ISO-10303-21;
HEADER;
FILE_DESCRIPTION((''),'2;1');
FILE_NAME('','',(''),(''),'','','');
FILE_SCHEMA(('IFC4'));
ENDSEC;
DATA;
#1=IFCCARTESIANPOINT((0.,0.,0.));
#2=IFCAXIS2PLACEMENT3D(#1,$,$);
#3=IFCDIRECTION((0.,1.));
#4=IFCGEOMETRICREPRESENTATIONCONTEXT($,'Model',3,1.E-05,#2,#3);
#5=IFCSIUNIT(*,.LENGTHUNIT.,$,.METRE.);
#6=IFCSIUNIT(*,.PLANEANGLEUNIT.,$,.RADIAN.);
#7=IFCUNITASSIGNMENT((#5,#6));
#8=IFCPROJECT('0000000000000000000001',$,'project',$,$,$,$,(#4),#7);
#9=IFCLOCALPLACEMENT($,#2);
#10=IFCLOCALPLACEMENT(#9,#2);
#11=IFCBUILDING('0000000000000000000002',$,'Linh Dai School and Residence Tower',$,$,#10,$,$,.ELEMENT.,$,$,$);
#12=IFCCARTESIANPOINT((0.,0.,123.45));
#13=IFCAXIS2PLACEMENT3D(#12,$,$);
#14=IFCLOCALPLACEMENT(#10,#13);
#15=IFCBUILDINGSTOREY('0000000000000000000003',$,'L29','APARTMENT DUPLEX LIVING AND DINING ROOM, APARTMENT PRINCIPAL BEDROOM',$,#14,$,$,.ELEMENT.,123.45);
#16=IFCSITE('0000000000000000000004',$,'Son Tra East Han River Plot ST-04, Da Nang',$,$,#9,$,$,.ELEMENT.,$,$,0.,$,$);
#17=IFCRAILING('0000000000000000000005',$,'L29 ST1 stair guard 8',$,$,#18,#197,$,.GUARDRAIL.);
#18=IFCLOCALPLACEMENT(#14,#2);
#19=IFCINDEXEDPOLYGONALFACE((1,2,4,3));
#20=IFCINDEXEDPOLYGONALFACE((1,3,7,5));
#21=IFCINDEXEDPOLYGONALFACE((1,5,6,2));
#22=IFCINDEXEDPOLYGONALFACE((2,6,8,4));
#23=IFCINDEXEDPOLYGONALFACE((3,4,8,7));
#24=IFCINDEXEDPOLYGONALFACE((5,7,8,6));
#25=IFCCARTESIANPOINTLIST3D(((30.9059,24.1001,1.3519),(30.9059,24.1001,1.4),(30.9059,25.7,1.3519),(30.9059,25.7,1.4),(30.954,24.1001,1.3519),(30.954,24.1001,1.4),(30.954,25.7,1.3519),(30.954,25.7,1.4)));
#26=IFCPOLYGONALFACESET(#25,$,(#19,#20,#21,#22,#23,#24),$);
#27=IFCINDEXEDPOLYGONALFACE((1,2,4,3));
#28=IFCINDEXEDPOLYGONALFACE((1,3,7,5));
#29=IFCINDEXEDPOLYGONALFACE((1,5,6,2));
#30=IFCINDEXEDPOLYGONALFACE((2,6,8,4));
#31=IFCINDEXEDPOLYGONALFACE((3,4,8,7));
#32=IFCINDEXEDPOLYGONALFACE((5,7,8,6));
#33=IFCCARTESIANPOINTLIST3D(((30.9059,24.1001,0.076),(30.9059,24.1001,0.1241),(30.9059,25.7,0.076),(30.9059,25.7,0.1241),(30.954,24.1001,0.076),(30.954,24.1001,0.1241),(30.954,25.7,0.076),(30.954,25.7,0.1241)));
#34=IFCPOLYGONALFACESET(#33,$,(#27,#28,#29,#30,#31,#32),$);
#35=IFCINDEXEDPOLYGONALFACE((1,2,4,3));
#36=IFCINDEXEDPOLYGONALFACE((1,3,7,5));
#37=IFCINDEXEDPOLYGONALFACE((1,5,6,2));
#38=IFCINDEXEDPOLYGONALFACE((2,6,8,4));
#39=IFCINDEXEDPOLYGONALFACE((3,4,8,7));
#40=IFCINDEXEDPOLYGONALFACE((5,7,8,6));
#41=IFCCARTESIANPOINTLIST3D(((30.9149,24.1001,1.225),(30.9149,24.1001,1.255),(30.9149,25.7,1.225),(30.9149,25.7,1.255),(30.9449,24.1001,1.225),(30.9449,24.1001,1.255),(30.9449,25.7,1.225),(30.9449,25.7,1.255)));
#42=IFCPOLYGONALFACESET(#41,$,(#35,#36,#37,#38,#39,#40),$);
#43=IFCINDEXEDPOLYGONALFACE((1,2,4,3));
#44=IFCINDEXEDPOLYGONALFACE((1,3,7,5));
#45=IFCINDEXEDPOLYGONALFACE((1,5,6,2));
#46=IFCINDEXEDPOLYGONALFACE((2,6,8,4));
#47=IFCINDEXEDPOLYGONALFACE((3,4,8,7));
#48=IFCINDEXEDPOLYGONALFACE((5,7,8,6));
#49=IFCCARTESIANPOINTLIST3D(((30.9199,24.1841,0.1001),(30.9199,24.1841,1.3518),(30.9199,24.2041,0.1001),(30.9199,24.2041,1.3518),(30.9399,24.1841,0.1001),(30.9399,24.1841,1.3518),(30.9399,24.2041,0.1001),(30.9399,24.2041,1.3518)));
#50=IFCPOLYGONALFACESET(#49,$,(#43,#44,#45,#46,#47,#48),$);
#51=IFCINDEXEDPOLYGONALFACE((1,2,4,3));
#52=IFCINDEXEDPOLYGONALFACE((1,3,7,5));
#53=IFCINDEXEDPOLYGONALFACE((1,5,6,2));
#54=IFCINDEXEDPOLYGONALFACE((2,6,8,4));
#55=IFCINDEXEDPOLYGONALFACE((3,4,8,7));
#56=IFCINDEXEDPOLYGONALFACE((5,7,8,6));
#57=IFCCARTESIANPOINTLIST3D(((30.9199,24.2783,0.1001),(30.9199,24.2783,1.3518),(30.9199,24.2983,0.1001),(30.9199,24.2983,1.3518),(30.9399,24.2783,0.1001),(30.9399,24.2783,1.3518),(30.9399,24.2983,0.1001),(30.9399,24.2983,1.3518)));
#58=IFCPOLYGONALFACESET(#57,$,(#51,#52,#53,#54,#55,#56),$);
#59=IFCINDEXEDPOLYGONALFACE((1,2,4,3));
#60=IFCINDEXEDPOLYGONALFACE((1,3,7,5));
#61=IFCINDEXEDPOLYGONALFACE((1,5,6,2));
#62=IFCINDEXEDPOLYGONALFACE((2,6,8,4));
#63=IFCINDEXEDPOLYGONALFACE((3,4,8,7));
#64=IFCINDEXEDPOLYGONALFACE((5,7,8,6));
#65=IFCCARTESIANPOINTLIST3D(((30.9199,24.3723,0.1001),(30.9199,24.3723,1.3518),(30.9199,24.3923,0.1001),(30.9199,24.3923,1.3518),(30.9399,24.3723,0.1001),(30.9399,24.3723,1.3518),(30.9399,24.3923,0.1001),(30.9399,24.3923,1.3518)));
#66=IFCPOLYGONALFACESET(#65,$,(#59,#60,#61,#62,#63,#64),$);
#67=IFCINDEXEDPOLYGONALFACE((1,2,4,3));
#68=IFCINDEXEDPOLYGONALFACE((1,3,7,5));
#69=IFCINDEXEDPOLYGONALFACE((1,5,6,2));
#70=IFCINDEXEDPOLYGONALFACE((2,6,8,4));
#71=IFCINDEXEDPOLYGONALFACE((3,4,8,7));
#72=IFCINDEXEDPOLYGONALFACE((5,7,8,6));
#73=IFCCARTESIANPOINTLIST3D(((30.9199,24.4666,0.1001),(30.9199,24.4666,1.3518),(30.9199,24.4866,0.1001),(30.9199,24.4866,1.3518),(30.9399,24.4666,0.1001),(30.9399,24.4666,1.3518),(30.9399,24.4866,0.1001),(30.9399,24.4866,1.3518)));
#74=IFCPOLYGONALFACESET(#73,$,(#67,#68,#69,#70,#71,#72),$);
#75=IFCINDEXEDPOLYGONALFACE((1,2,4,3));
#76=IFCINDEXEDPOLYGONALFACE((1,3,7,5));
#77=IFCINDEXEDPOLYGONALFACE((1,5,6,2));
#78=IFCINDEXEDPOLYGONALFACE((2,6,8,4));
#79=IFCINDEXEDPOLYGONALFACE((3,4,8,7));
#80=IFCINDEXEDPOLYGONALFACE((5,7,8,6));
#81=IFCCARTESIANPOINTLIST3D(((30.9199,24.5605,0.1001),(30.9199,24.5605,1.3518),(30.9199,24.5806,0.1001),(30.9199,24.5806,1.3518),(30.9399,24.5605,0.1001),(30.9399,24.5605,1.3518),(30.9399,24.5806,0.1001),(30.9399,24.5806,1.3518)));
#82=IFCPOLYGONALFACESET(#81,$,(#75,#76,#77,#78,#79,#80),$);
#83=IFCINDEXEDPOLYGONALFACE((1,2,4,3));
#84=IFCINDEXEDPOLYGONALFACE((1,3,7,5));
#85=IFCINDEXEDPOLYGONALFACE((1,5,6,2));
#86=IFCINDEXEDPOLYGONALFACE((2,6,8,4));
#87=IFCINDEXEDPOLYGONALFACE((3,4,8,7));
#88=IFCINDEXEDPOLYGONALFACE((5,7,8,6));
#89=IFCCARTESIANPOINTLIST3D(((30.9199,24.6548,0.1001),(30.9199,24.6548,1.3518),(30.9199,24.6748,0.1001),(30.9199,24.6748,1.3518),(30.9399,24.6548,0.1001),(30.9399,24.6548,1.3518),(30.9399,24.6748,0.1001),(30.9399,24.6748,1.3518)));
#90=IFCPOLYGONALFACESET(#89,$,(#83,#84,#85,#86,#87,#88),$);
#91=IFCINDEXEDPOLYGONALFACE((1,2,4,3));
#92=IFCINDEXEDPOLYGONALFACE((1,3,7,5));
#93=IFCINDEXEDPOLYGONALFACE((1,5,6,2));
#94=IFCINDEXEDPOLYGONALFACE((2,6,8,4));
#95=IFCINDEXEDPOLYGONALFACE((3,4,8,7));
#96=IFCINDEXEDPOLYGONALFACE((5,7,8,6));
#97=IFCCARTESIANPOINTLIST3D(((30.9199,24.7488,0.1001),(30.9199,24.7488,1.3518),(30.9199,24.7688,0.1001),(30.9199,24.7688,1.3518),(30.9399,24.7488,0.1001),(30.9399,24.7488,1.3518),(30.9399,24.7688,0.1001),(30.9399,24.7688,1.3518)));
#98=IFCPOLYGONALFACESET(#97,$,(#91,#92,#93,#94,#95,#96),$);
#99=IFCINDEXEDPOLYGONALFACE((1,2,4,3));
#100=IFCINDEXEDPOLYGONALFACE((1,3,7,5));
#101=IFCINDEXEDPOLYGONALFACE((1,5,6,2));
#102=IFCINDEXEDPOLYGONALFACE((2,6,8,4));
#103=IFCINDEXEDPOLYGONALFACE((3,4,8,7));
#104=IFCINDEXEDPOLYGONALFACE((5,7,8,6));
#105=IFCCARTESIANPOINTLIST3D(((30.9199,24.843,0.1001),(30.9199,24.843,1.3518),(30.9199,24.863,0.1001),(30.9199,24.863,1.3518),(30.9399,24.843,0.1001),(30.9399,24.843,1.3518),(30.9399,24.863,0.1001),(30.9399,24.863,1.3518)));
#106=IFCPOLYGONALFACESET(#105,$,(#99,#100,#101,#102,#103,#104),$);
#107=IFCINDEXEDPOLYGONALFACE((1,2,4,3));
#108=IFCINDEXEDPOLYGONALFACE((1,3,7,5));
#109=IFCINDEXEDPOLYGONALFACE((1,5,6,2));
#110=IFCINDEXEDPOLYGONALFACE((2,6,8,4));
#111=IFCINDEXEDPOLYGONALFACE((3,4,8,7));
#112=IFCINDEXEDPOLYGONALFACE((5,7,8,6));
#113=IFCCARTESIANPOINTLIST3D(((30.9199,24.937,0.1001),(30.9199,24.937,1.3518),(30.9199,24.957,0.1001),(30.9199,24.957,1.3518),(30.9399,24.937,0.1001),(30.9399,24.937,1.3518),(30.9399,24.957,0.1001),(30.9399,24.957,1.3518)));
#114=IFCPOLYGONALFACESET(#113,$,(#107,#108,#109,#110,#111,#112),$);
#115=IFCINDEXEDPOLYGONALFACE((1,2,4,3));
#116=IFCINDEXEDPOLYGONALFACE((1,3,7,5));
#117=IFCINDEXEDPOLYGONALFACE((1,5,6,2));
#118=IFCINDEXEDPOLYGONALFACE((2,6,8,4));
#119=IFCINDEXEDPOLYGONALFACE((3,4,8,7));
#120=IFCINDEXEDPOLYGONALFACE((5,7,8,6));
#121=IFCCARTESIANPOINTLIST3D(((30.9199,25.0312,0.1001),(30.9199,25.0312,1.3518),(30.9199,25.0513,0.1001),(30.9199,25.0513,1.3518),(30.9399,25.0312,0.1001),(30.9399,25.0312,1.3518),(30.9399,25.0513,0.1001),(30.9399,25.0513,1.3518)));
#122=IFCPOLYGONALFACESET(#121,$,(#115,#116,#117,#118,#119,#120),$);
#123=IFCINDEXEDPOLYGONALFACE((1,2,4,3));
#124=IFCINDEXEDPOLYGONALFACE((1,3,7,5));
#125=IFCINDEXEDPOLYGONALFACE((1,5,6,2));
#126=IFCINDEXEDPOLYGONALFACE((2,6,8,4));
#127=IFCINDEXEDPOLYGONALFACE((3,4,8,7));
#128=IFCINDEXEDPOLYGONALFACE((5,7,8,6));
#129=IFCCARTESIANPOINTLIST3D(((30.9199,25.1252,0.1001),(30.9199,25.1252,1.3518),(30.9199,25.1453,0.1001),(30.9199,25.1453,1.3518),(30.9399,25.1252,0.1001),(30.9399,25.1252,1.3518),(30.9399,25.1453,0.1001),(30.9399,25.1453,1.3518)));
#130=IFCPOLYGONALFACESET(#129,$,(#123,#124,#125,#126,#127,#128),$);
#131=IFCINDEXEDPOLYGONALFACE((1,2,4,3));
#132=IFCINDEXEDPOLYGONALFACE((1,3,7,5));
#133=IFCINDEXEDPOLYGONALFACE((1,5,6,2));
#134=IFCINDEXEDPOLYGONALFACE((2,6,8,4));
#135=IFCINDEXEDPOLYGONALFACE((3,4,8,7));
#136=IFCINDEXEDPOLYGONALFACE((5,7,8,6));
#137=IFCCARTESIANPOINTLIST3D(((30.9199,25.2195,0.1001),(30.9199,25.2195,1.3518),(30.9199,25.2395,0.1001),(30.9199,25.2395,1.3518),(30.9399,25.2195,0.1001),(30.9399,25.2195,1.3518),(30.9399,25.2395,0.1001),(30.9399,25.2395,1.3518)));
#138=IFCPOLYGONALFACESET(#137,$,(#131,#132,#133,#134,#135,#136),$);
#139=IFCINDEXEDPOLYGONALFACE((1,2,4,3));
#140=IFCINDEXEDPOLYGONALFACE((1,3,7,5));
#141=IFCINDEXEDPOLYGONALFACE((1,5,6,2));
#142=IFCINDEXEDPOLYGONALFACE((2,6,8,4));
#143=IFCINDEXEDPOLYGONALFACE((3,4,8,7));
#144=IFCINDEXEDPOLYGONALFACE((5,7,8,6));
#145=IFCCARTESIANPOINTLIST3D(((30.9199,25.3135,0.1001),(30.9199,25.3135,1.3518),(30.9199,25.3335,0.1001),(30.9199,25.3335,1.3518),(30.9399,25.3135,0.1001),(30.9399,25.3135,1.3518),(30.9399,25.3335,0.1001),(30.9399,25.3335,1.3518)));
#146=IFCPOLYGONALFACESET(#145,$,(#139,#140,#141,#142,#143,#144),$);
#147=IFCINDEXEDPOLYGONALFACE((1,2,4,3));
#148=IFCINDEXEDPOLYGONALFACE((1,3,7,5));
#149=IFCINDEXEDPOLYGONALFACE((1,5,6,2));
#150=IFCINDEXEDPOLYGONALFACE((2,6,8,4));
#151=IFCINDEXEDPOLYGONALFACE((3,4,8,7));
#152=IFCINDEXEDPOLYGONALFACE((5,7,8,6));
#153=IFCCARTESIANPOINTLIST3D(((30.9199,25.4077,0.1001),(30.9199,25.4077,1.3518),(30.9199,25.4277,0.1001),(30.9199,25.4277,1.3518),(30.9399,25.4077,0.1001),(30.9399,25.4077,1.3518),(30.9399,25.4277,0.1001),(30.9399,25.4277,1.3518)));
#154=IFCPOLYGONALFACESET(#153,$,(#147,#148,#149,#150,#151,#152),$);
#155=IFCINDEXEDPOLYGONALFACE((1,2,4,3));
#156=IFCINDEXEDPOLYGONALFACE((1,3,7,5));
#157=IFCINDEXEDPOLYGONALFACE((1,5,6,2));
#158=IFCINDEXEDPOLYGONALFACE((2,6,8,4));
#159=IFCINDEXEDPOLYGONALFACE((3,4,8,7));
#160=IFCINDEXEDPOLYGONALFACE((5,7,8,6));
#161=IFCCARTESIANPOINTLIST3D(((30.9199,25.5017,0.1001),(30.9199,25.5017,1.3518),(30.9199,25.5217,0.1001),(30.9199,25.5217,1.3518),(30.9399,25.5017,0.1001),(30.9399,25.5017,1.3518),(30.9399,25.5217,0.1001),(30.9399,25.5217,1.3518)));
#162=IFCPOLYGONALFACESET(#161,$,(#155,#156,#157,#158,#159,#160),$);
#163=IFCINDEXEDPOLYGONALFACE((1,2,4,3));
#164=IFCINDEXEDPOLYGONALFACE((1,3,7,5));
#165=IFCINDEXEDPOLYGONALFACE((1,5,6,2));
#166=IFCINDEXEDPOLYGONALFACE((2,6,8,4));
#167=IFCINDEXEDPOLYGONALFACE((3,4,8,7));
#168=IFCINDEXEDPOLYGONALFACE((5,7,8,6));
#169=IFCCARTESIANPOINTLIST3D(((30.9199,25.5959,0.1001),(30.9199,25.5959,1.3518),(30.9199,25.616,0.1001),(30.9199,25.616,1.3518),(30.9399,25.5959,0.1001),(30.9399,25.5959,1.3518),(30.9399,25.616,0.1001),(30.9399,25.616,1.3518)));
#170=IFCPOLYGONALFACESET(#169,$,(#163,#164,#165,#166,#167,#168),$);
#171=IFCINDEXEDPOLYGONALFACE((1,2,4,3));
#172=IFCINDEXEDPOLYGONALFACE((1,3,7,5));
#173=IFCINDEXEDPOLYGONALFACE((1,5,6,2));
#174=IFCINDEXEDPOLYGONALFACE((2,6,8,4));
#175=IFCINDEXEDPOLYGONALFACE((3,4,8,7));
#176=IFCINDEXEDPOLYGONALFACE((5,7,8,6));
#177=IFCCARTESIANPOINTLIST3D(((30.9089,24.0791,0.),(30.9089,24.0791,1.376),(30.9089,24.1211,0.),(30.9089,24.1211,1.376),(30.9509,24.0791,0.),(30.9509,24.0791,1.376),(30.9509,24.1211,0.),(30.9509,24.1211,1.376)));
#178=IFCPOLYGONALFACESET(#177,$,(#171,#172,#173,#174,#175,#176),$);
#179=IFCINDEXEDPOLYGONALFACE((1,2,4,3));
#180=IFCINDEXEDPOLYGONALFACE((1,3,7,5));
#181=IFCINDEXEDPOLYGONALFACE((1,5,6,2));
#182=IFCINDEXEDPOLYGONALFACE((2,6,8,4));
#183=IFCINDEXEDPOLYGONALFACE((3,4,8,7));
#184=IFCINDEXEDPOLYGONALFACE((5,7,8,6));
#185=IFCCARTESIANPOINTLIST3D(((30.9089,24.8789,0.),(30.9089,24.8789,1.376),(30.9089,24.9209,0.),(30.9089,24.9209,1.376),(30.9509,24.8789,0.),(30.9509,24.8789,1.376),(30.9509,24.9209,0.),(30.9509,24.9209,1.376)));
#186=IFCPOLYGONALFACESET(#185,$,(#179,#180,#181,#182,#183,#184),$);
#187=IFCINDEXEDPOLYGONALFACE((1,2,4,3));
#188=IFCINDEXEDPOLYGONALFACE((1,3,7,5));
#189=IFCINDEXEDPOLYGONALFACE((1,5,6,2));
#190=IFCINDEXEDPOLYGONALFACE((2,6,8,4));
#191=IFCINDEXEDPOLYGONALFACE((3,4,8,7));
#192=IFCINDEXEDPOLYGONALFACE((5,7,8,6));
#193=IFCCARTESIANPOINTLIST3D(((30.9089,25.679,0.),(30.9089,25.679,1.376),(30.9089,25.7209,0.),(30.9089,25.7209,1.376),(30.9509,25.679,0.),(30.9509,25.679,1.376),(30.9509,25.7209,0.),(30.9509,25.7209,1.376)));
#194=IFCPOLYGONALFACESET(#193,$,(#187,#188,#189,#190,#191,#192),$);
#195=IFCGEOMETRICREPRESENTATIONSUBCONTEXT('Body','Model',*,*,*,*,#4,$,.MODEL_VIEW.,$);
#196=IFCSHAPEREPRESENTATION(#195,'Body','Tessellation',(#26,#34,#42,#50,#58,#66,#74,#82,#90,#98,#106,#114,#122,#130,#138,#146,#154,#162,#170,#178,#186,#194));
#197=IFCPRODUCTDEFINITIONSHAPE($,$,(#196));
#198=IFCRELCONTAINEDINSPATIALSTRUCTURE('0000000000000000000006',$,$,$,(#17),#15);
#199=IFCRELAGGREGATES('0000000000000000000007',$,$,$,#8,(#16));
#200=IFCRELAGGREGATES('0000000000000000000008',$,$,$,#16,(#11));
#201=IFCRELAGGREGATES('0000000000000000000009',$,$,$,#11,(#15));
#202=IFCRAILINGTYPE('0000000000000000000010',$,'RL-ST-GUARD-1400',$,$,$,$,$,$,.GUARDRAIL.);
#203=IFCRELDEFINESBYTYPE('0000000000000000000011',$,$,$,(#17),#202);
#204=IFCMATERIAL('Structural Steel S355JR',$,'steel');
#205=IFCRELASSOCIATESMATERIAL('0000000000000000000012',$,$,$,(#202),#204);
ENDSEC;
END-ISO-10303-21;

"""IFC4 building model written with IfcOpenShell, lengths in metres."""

from ifc_helpers import new_model, si_unit, direction, frame, origin, origin_2d, place, context, subcontext, project, spatial, rectangle, extrude, source, transform, mapped, material, type_object, element, save


model = new_model("IFC4")

# Units and contexts
model_context = context("Model", 3, precision=1e-05, world=origin(), true_north=direction((0.0, 1.0)))
body_context = subcontext(model_context, "Body", "Model", "MODEL_VIEW")
ifc_project = project(units=[si_unit("LENGTHUNIT", "METRE"), si_unit("PLANEANGLEUNIT", "RADIAN")], contexts=[model_context])

# Site, building, storey
site_placement = place(None, origin())
site = spatial("IfcSite", under=ifc_project, at=site_placement, Name="Son Tra East Han River Plot ST-04, Da Nang", CompositionType="ELEMENT", RefElevation=0.0)
building_placement = place(site_placement, origin())
building = spatial("IfcBuilding", under=site, at=building_placement, Name="Linh Dai School and Residence Tower", CompositionType="ELEMENT")
storey_placement = place(building_placement, frame((0.0, 0.0, 123.45)))
storey = spatial("IfcBuildingStorey", under=building, at=storey_placement, Name="L29", Description="APARTMENT DUPLEX LIVING AND DINING ROOM, APARTMENT PRINCIPAL BEDROOM", CompositionType="ELEMENT", Elevation=123.45)

# Shared definitions
ifc_material_1 = material(Name="Structural Steel S355JR", Category="steel")

# Railing
railing_type = type_object("IfcRailingType", Name="RL-ST-GUARD-1400", PredefinedType="GUARDRAIL", material=ifc_material_1)
shared_shape_1 = source(origin(), body_context, "Body", "SweptSolid", [
    extrude(rectangle(XDim=0.0481, YDim=0.0481, at=origin_2d()), frame((0.0, 0.0, 1.376), z_axis=(0.0, 1.0, 0.0), x_axis=(-1.0, 0.0, 0.0)), (0.0, 0.0, 1.0), 1.5999),
    extrude(rectangle(XDim=0.0481, YDim=0.0481, at=origin_2d()), frame((0.0, 0.0, 0.1001), z_axis=(0.0, 1.0, 0.0), x_axis=(-1.0, 0.0, 0.0)), (0.0, 0.0, 1.0), 1.5999),
    extrude(rectangle(XDim=0.03, YDim=0.03, at=origin_2d()), frame((0.0, 0.0, 1.24), z_axis=(0.0, 1.0, 0.0), x_axis=(-1.0, 0.0, 0.0)), (0.0, 0.0, 1.0), 1.5999),
    extrude(rectangle(XDim=0.02, YDim=0.02, at=origin_2d()), frame((0.0, 0.094, 0.1001)), (0.0, 0.0, 1.0), 1.2517),
    extrude(rectangle(XDim=0.02, YDim=0.02, at=origin_2d()), frame((0.0, 0.1882, 0.1001)), (0.0, 0.0, 1.0), 1.2517),
    extrude(rectangle(XDim=0.02, YDim=0.02, at=origin_2d()), frame((0.0, 0.2822, 0.1001)), (0.0, 0.0, 1.0), 1.2517),
    extrude(rectangle(XDim=0.02, YDim=0.02, at=origin_2d()), frame((0.0, 0.3765, 0.1001)), (0.0, 0.0, 1.0), 1.2517),
    extrude(rectangle(XDim=0.02, YDim=0.02, at=origin_2d()), frame((0.0, 0.4705, 0.1001)), (0.0, 0.0, 1.0), 1.2517),
    extrude(rectangle(XDim=0.02, YDim=0.02, at=origin_2d()), frame((0.0, 0.5647, 0.1001)), (0.0, 0.0, 1.0), 1.2517),
    extrude(rectangle(XDim=0.02, YDim=0.02, at=origin_2d()), frame((0.0, 0.6587, 0.1001)), (0.0, 0.0, 1.0), 1.2517),
    extrude(rectangle(XDim=0.02, YDim=0.02, at=origin_2d()), frame((0.0, 0.7529, 0.1001)), (0.0, 0.0, 1.0), 1.2517),
    extrude(rectangle(XDim=0.02, YDim=0.02, at=origin_2d()), frame((0.0, 0.8469, 0.1001)), (0.0, 0.0, 1.0), 1.2517),
    extrude(rectangle(XDim=0.02, YDim=0.02, at=origin_2d()), frame((0.0, 0.9412, 0.1001)), (0.0, 0.0, 1.0), 1.2517),
    extrude(rectangle(XDim=0.02, YDim=0.02, at=origin_2d()), frame((0.0, 1.0352, 0.1001)), (0.0, 0.0, 1.0), 1.2517),
    extrude(rectangle(XDim=0.02, YDim=0.02, at=origin_2d()), frame((0.0, 1.1294, 0.1001)), (0.0, 0.0, 1.0), 1.2517),
    extrude(rectangle(XDim=0.02, YDim=0.02, at=origin_2d()), frame((0.0, 1.2234, 0.1001)), (0.0, 0.0, 1.0), 1.2517),
    extrude(rectangle(XDim=0.02, YDim=0.02, at=origin_2d()), frame((0.0, 1.3176, 0.1001)), (0.0, 0.0, 1.0), 1.2517),
    extrude(rectangle(XDim=0.02, YDim=0.02, at=origin_2d()), frame((0.0, 1.4116, 0.1001)), (0.0, 0.0, 1.0), 1.2517),
    extrude(rectangle(XDim=0.02, YDim=0.02, at=origin_2d()), frame((0.0, 1.5059, 0.1001)), (0.0, 0.0, 1.0), 1.2517),
    extrude(rectangle(XDim=0.042, YDim=0.042, at=origin_2d()), origin(), (0.0, 0.0, 1.0), 1.376),
    extrude(rectangle(XDim=0.042, YDim=0.042, at=origin_2d()), frame((0.0, 0.7998, 0.0)), (0.0, 0.0, 1.0), 1.376),
    extrude(rectangle(XDim=0.042, YDim=0.042, at=origin_2d()), frame((0.0, 1.5999, 0.0)), (0.0, 0.0, 1.0), 1.376),
])
for number, where, name in (
    (1, (30.9299, 24.1001, 0.0), "L29 ST1 stair guard 8"),
):
    element("IfcRailing", number, at=place(storey_placement, frame(where)), inside=storey, type_object=railing_type, Name=name, PredefinedType="GUARDRAIL", context=body_context, shape_type="MappedRepresentation", body=[
        mapped(shared_shape_1, transform((0.0, 0.0, 0.0), x_axis=(1.0, 0.0, 0.0), y_axis=(0.0, 1.0, 0.0), z_axis=(0.0, 0.0, 1.0), scale=1.0)),
    ])

save(model, "model.ifc")
